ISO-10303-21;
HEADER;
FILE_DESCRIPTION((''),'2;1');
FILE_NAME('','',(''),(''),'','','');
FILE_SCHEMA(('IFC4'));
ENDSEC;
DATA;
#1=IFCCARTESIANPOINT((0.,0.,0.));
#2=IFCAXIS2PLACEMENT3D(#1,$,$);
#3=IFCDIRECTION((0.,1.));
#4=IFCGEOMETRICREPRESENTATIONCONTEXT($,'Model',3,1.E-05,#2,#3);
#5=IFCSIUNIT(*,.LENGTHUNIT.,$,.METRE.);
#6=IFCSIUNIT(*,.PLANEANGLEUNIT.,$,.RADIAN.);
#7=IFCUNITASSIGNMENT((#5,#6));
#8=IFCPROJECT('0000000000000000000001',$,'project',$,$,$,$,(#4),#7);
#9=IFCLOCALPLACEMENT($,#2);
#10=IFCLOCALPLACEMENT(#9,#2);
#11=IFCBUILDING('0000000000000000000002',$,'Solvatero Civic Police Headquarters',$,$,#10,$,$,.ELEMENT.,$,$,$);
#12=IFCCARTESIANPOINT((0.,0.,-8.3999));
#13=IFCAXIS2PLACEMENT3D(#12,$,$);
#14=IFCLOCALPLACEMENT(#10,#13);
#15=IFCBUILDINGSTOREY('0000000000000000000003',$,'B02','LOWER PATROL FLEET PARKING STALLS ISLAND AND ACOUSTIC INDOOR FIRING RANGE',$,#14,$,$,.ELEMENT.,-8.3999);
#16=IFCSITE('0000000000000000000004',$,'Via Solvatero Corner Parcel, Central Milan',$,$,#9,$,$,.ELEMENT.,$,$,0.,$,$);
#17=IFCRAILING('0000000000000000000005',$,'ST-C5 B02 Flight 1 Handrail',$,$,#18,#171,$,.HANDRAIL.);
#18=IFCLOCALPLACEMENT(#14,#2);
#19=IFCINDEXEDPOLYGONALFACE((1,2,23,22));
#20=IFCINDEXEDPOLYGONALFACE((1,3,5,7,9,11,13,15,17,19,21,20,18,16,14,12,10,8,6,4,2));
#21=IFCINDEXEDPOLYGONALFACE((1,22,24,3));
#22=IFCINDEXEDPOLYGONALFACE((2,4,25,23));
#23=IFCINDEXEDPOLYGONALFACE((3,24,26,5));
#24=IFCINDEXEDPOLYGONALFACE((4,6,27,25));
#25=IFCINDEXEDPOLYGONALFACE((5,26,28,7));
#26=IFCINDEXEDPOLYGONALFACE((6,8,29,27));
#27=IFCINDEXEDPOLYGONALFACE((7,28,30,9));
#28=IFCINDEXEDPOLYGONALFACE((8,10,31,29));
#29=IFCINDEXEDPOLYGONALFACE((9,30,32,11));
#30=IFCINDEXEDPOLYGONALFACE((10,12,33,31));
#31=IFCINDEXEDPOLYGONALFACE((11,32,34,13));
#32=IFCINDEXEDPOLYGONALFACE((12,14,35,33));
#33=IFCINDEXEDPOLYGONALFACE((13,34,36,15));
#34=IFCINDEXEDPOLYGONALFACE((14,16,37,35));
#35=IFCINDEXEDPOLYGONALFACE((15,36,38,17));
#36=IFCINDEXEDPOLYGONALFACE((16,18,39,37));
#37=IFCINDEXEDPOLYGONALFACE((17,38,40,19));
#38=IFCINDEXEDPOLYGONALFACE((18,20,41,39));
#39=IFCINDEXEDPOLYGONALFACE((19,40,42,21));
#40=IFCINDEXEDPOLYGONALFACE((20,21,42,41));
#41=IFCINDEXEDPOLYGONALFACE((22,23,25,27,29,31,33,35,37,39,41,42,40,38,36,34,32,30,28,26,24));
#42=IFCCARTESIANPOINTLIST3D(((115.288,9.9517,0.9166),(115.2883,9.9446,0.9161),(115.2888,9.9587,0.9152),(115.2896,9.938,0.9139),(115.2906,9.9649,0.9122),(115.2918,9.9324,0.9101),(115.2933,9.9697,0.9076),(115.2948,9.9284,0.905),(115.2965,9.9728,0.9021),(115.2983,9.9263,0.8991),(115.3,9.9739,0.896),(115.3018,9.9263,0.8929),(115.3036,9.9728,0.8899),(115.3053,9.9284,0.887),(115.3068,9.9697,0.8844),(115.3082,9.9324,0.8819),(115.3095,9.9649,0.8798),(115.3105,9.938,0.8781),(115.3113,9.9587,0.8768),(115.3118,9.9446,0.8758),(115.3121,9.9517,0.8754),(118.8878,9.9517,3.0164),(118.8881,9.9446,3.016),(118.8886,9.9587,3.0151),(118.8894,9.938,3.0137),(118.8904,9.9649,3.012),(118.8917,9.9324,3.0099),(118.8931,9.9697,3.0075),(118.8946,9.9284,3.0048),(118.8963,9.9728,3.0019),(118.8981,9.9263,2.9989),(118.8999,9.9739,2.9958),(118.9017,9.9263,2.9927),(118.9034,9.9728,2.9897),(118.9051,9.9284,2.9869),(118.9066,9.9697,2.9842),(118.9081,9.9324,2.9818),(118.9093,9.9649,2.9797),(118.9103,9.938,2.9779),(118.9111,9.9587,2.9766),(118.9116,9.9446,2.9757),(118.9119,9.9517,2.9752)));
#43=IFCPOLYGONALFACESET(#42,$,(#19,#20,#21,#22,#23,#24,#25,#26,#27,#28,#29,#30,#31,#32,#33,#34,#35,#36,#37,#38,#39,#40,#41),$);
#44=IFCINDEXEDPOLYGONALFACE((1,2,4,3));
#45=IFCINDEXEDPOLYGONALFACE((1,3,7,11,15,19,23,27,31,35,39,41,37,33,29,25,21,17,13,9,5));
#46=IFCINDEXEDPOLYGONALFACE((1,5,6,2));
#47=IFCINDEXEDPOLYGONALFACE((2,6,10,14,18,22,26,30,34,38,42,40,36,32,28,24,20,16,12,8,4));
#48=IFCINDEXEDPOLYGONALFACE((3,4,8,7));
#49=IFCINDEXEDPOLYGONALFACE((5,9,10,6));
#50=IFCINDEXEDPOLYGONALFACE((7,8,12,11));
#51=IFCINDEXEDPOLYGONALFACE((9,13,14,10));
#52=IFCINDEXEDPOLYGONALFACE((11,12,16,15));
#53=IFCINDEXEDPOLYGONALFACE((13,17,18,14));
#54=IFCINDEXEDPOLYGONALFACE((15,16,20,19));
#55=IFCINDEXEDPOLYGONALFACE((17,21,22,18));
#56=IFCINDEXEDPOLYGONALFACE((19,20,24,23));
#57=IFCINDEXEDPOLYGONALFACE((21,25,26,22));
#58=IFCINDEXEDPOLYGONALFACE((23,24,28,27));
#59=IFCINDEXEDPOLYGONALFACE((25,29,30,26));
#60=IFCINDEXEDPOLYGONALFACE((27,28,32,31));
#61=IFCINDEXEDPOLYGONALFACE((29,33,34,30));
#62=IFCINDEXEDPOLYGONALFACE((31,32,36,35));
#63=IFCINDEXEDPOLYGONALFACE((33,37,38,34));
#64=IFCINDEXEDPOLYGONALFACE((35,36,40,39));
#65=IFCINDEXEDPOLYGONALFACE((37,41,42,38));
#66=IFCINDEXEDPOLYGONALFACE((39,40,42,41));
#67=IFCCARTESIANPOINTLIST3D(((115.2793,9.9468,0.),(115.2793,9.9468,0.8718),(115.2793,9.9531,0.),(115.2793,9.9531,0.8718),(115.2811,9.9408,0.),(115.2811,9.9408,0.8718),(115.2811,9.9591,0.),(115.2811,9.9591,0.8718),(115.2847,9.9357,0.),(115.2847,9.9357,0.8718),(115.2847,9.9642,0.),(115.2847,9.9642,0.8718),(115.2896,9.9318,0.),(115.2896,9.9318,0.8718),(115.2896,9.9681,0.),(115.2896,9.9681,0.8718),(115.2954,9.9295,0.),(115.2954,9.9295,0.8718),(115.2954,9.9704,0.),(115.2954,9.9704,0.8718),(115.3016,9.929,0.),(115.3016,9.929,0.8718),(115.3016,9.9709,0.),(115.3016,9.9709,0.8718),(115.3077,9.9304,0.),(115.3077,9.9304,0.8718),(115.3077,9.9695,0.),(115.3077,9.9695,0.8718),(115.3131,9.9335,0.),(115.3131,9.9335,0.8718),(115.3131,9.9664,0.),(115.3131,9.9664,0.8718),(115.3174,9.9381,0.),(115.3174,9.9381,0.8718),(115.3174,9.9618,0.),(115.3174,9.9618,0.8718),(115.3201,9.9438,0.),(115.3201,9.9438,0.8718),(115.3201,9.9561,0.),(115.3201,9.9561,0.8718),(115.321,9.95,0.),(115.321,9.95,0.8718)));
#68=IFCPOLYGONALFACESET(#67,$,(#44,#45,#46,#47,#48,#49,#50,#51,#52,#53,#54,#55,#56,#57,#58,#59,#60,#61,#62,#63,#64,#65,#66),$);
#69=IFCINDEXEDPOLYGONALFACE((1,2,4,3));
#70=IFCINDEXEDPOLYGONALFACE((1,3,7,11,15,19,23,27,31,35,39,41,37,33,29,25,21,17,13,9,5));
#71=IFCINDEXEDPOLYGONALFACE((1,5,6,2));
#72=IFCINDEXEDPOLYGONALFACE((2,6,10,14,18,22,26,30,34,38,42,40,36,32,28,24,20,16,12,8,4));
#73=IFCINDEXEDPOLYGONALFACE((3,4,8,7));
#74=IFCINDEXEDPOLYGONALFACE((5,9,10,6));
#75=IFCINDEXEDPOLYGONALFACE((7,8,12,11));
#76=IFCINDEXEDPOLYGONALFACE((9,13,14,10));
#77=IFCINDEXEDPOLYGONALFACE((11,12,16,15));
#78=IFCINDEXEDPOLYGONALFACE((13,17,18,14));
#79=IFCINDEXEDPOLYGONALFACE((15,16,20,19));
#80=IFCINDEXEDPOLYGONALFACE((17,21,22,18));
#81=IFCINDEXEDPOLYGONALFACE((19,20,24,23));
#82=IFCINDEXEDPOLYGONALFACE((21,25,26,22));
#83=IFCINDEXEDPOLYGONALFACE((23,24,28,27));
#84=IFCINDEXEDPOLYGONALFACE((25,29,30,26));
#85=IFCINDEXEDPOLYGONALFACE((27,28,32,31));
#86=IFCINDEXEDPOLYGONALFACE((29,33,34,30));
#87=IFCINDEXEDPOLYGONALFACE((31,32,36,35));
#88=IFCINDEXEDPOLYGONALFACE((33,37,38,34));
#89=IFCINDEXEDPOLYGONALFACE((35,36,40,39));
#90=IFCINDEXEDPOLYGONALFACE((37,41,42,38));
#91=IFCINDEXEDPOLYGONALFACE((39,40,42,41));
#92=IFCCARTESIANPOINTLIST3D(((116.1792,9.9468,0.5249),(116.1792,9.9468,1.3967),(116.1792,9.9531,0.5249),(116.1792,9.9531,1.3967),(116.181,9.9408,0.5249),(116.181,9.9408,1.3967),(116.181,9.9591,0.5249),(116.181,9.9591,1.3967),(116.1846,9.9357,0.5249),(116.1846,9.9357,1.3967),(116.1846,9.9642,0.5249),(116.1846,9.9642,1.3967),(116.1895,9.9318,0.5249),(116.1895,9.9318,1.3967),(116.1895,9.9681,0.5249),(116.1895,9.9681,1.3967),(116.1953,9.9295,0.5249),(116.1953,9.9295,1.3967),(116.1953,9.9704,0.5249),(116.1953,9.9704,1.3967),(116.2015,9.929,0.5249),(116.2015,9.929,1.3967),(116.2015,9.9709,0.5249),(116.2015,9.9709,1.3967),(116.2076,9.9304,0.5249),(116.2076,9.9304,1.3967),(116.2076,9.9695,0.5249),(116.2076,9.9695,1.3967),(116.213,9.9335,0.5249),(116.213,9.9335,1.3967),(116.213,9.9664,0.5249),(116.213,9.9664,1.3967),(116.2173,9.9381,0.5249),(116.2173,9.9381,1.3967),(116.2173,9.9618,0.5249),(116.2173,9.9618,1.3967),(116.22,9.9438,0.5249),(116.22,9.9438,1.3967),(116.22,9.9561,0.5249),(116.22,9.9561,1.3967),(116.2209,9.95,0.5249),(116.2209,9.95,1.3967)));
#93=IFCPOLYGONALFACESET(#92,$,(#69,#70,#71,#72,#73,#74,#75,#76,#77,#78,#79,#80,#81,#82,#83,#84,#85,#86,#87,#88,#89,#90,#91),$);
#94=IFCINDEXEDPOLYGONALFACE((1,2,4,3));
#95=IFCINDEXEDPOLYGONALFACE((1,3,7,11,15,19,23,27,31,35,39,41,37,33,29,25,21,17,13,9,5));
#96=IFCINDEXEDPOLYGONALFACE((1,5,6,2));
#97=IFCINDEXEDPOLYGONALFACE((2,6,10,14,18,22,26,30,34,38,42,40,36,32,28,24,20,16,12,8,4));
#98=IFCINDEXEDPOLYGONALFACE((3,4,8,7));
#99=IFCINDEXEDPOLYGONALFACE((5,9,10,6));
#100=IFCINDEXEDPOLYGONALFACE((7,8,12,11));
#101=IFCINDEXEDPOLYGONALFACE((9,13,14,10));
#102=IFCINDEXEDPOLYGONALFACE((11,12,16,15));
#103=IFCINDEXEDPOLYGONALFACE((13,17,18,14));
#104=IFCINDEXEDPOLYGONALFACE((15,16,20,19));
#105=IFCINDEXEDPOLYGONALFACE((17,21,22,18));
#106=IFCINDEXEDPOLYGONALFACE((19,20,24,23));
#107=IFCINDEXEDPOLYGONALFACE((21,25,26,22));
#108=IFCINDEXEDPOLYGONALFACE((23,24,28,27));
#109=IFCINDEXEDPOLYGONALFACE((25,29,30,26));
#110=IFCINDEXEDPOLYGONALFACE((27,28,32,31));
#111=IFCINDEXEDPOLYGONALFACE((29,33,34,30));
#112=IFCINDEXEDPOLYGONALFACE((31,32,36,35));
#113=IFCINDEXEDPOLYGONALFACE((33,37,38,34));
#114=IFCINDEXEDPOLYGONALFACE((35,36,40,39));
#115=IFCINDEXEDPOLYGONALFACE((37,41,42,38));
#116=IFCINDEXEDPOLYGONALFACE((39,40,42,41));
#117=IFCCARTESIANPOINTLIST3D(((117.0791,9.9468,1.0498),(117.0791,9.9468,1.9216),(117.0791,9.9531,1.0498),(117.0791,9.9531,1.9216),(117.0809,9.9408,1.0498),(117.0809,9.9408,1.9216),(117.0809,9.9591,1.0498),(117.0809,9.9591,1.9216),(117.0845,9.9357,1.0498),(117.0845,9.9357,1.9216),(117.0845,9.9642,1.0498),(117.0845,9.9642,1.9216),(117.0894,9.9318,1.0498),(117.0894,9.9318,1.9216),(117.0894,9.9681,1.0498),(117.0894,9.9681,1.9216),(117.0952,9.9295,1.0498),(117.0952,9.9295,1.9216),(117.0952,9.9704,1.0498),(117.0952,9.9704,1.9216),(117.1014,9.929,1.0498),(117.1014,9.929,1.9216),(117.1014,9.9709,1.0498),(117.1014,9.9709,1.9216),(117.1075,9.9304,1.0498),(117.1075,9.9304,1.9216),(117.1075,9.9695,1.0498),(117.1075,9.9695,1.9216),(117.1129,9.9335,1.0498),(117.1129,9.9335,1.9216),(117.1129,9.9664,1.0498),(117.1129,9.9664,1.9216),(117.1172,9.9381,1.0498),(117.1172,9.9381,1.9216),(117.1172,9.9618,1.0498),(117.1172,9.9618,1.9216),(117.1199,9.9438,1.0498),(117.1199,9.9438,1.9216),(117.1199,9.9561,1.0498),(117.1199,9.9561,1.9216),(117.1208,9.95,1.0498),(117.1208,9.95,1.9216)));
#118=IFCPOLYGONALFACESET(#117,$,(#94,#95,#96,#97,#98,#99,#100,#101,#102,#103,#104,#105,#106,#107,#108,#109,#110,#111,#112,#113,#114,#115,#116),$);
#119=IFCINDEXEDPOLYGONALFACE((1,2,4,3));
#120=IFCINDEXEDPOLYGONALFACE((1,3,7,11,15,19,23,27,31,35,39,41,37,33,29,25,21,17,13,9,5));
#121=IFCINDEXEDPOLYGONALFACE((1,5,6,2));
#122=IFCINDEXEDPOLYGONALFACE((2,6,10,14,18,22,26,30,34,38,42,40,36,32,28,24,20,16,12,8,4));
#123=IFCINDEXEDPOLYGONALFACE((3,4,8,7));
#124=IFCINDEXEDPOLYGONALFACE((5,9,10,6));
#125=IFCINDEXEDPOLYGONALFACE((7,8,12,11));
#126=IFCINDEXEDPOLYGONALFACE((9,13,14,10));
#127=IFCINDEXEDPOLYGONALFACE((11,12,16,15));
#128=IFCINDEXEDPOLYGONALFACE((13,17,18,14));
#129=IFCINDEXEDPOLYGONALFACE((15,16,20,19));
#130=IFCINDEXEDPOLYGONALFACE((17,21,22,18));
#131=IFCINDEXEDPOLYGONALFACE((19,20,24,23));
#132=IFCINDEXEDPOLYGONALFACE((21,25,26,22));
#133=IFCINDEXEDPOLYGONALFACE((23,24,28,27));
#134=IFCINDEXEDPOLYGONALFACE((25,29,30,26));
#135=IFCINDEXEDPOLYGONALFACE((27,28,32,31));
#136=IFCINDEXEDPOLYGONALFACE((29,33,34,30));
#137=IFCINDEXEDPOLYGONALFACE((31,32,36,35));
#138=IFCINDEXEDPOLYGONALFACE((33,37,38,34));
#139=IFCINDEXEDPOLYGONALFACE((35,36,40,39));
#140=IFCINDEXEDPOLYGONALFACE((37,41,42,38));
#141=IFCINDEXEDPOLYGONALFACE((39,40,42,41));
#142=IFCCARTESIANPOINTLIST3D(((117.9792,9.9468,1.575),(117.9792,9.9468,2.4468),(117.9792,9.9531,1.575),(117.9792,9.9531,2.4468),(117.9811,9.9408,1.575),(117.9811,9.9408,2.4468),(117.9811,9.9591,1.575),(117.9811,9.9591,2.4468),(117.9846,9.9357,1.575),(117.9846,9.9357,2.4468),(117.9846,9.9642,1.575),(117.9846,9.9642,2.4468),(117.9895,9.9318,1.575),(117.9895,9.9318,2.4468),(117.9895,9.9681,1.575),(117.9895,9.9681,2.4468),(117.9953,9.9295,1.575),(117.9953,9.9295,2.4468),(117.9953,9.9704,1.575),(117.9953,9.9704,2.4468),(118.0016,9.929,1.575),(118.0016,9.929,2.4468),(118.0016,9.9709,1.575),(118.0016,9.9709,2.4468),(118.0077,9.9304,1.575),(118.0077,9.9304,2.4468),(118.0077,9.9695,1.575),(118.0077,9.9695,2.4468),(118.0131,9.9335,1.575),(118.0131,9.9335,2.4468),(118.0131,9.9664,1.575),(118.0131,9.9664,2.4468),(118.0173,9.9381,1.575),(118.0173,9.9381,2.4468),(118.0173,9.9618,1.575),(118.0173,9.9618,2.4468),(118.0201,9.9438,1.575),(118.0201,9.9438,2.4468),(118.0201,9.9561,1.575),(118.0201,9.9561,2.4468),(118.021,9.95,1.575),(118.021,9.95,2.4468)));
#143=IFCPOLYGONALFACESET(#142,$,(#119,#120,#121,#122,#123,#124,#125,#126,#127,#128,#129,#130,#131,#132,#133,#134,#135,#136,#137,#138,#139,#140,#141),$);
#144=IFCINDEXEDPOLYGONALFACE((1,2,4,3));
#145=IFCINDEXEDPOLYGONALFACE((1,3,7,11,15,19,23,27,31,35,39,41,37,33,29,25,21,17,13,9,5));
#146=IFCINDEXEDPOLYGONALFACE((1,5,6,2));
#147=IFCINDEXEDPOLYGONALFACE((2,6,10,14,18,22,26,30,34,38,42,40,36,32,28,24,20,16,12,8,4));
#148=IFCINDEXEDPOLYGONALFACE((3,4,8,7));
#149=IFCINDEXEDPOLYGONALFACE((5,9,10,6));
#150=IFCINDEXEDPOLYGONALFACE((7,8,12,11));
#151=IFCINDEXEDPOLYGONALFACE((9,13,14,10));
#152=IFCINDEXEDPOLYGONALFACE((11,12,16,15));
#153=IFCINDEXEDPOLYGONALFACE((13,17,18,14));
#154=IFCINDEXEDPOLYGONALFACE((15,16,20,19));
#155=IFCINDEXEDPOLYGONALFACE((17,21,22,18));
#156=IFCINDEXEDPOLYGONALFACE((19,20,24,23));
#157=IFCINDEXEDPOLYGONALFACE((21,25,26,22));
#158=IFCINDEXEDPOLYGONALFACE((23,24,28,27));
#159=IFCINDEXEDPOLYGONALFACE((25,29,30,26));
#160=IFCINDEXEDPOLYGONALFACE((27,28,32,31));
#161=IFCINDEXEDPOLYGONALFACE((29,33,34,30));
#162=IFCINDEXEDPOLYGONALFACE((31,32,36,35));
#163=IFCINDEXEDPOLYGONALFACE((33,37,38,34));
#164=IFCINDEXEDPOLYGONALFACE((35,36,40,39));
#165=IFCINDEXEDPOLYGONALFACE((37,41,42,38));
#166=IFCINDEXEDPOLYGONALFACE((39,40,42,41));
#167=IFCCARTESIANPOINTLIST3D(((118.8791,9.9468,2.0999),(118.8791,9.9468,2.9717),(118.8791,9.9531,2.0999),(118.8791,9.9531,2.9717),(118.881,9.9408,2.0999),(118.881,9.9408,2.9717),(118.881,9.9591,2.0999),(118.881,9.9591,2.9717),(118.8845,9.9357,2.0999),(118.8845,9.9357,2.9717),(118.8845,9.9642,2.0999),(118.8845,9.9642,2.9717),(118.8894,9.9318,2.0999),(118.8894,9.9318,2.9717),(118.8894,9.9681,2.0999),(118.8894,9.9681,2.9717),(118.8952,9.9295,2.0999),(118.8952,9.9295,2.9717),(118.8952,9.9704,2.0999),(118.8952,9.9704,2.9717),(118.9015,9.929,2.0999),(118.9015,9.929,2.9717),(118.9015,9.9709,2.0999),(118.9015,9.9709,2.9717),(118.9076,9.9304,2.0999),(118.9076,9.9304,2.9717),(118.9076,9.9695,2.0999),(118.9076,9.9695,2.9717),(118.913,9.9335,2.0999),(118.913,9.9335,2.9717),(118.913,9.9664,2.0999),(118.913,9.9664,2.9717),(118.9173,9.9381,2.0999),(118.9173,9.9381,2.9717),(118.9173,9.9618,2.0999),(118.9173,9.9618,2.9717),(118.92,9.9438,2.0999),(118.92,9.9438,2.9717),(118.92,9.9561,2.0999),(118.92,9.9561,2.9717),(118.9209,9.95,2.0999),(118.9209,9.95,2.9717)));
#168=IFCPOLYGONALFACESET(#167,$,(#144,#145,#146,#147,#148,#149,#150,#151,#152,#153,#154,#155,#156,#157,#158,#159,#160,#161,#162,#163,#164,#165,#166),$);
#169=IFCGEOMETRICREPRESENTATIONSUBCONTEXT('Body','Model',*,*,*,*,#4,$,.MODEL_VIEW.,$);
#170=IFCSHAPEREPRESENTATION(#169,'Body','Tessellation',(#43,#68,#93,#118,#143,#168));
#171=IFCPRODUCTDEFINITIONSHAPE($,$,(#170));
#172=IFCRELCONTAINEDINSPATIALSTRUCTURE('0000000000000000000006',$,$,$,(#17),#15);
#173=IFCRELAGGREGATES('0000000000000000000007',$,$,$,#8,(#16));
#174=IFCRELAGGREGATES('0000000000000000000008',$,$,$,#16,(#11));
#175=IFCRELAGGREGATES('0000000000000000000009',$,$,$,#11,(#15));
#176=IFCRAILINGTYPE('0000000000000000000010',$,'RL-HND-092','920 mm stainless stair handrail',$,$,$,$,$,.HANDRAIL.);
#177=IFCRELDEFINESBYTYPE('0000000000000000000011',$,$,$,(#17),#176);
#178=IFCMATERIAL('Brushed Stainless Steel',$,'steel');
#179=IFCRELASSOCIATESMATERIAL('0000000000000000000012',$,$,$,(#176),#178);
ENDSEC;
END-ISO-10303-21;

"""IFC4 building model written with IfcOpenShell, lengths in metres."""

from ifc_helpers import new_model, si_unit, direction, frame, origin, origin_2d, place, context, subcontext, project, spatial, circle, extrude, material, type_object, element, save


model = new_model("IFC4")

# Units and contexts
model_context = context("Model", 3, precision=1e-05, world=origin(), true_north=direction((0.0, 1.0)))
body_context = subcontext(model_context, "Body", "Model", "MODEL_VIEW")
ifc_project = project(units=[si_unit("LENGTHUNIT", "METRE"), si_unit("PLANEANGLEUNIT", "RADIAN")], contexts=[model_context])

# Site, building, storey
site_placement = place(None, origin())
site = spatial("IfcSite", under=ifc_project, at=site_placement, Name="Via Solvatero Corner Parcel, Central Milan", CompositionType="ELEMENT", RefElevation=0.0)
building_placement = place(site_placement, origin())
building = spatial("IfcBuilding", under=site, at=building_placement, Name="Solvatero Civic Police Headquarters", CompositionType="ELEMENT")
storey_placement = place(building_placement, frame((0.0, 0.0, -8.3999)))
storey = spatial("IfcBuildingStorey", under=building, at=storey_placement, Name="B02", Description="LOWER PATROL FLEET PARKING STALLS ISLAND AND ACOUSTIC INDOOR FIRING RANGE", CompositionType="ELEMENT", Elevation=-8.3999)

# Railing
ifc_material_1 = material(Name="Brushed Stainless Steel", Category="steel")
railing_type_1 = type_object("IfcRailingType", Name="RL-HND-092", Description="920 mm stainless stair handrail", PredefinedType="HANDRAIL", material=ifc_material_1)
railing_1_placement = place(storey_placement, frame((115.3, 9.95, 0.0)))
element("IfcRailing", 1, at=railing_1_placement, inside=storey, type_object=railing_type_1, Name="ST-C5 B02 Flight 1 Handrail", PredefinedType="HANDRAIL", context=body_context, shape_type="SweptSolid", body=[
    extrude(circle(Radius=0.0239, at=origin_2d()), frame((0.0, 0.0, 0.896), z_axis=(0.863785, 0.0, 0.50386), x_axis=(0.0, 1.0, 0.0)), (0.0, 0.0, 1.0), 4.1675),
    extrude(circle(Radius=0.021, at=origin_2d()), origin(), (0.0, 0.0, 1.0), 0.8718),
    extrude(circle(Radius=0.021, at=origin_2d()), frame((0.8999, 0.0, 0.5249)), (0.0, 0.0, 1.0), 0.8718),
    extrude(circle(Radius=0.021, at=origin_2d()), frame((1.7998, 0.0, 1.0498)), (0.0, 0.0, 1.0), 0.8718),
    extrude(circle(Radius=0.021, at=origin_2d()), frame((2.7, 0.0, 1.575)), (0.0, 0.0, 1.0), 0.8718),
    extrude(circle(Radius=0.021, at=origin_2d()), frame((3.5999, 0.0, 2.0999)), (0.0, 0.0, 1.0), 0.8718),
])

save(model, "model.ifc")
